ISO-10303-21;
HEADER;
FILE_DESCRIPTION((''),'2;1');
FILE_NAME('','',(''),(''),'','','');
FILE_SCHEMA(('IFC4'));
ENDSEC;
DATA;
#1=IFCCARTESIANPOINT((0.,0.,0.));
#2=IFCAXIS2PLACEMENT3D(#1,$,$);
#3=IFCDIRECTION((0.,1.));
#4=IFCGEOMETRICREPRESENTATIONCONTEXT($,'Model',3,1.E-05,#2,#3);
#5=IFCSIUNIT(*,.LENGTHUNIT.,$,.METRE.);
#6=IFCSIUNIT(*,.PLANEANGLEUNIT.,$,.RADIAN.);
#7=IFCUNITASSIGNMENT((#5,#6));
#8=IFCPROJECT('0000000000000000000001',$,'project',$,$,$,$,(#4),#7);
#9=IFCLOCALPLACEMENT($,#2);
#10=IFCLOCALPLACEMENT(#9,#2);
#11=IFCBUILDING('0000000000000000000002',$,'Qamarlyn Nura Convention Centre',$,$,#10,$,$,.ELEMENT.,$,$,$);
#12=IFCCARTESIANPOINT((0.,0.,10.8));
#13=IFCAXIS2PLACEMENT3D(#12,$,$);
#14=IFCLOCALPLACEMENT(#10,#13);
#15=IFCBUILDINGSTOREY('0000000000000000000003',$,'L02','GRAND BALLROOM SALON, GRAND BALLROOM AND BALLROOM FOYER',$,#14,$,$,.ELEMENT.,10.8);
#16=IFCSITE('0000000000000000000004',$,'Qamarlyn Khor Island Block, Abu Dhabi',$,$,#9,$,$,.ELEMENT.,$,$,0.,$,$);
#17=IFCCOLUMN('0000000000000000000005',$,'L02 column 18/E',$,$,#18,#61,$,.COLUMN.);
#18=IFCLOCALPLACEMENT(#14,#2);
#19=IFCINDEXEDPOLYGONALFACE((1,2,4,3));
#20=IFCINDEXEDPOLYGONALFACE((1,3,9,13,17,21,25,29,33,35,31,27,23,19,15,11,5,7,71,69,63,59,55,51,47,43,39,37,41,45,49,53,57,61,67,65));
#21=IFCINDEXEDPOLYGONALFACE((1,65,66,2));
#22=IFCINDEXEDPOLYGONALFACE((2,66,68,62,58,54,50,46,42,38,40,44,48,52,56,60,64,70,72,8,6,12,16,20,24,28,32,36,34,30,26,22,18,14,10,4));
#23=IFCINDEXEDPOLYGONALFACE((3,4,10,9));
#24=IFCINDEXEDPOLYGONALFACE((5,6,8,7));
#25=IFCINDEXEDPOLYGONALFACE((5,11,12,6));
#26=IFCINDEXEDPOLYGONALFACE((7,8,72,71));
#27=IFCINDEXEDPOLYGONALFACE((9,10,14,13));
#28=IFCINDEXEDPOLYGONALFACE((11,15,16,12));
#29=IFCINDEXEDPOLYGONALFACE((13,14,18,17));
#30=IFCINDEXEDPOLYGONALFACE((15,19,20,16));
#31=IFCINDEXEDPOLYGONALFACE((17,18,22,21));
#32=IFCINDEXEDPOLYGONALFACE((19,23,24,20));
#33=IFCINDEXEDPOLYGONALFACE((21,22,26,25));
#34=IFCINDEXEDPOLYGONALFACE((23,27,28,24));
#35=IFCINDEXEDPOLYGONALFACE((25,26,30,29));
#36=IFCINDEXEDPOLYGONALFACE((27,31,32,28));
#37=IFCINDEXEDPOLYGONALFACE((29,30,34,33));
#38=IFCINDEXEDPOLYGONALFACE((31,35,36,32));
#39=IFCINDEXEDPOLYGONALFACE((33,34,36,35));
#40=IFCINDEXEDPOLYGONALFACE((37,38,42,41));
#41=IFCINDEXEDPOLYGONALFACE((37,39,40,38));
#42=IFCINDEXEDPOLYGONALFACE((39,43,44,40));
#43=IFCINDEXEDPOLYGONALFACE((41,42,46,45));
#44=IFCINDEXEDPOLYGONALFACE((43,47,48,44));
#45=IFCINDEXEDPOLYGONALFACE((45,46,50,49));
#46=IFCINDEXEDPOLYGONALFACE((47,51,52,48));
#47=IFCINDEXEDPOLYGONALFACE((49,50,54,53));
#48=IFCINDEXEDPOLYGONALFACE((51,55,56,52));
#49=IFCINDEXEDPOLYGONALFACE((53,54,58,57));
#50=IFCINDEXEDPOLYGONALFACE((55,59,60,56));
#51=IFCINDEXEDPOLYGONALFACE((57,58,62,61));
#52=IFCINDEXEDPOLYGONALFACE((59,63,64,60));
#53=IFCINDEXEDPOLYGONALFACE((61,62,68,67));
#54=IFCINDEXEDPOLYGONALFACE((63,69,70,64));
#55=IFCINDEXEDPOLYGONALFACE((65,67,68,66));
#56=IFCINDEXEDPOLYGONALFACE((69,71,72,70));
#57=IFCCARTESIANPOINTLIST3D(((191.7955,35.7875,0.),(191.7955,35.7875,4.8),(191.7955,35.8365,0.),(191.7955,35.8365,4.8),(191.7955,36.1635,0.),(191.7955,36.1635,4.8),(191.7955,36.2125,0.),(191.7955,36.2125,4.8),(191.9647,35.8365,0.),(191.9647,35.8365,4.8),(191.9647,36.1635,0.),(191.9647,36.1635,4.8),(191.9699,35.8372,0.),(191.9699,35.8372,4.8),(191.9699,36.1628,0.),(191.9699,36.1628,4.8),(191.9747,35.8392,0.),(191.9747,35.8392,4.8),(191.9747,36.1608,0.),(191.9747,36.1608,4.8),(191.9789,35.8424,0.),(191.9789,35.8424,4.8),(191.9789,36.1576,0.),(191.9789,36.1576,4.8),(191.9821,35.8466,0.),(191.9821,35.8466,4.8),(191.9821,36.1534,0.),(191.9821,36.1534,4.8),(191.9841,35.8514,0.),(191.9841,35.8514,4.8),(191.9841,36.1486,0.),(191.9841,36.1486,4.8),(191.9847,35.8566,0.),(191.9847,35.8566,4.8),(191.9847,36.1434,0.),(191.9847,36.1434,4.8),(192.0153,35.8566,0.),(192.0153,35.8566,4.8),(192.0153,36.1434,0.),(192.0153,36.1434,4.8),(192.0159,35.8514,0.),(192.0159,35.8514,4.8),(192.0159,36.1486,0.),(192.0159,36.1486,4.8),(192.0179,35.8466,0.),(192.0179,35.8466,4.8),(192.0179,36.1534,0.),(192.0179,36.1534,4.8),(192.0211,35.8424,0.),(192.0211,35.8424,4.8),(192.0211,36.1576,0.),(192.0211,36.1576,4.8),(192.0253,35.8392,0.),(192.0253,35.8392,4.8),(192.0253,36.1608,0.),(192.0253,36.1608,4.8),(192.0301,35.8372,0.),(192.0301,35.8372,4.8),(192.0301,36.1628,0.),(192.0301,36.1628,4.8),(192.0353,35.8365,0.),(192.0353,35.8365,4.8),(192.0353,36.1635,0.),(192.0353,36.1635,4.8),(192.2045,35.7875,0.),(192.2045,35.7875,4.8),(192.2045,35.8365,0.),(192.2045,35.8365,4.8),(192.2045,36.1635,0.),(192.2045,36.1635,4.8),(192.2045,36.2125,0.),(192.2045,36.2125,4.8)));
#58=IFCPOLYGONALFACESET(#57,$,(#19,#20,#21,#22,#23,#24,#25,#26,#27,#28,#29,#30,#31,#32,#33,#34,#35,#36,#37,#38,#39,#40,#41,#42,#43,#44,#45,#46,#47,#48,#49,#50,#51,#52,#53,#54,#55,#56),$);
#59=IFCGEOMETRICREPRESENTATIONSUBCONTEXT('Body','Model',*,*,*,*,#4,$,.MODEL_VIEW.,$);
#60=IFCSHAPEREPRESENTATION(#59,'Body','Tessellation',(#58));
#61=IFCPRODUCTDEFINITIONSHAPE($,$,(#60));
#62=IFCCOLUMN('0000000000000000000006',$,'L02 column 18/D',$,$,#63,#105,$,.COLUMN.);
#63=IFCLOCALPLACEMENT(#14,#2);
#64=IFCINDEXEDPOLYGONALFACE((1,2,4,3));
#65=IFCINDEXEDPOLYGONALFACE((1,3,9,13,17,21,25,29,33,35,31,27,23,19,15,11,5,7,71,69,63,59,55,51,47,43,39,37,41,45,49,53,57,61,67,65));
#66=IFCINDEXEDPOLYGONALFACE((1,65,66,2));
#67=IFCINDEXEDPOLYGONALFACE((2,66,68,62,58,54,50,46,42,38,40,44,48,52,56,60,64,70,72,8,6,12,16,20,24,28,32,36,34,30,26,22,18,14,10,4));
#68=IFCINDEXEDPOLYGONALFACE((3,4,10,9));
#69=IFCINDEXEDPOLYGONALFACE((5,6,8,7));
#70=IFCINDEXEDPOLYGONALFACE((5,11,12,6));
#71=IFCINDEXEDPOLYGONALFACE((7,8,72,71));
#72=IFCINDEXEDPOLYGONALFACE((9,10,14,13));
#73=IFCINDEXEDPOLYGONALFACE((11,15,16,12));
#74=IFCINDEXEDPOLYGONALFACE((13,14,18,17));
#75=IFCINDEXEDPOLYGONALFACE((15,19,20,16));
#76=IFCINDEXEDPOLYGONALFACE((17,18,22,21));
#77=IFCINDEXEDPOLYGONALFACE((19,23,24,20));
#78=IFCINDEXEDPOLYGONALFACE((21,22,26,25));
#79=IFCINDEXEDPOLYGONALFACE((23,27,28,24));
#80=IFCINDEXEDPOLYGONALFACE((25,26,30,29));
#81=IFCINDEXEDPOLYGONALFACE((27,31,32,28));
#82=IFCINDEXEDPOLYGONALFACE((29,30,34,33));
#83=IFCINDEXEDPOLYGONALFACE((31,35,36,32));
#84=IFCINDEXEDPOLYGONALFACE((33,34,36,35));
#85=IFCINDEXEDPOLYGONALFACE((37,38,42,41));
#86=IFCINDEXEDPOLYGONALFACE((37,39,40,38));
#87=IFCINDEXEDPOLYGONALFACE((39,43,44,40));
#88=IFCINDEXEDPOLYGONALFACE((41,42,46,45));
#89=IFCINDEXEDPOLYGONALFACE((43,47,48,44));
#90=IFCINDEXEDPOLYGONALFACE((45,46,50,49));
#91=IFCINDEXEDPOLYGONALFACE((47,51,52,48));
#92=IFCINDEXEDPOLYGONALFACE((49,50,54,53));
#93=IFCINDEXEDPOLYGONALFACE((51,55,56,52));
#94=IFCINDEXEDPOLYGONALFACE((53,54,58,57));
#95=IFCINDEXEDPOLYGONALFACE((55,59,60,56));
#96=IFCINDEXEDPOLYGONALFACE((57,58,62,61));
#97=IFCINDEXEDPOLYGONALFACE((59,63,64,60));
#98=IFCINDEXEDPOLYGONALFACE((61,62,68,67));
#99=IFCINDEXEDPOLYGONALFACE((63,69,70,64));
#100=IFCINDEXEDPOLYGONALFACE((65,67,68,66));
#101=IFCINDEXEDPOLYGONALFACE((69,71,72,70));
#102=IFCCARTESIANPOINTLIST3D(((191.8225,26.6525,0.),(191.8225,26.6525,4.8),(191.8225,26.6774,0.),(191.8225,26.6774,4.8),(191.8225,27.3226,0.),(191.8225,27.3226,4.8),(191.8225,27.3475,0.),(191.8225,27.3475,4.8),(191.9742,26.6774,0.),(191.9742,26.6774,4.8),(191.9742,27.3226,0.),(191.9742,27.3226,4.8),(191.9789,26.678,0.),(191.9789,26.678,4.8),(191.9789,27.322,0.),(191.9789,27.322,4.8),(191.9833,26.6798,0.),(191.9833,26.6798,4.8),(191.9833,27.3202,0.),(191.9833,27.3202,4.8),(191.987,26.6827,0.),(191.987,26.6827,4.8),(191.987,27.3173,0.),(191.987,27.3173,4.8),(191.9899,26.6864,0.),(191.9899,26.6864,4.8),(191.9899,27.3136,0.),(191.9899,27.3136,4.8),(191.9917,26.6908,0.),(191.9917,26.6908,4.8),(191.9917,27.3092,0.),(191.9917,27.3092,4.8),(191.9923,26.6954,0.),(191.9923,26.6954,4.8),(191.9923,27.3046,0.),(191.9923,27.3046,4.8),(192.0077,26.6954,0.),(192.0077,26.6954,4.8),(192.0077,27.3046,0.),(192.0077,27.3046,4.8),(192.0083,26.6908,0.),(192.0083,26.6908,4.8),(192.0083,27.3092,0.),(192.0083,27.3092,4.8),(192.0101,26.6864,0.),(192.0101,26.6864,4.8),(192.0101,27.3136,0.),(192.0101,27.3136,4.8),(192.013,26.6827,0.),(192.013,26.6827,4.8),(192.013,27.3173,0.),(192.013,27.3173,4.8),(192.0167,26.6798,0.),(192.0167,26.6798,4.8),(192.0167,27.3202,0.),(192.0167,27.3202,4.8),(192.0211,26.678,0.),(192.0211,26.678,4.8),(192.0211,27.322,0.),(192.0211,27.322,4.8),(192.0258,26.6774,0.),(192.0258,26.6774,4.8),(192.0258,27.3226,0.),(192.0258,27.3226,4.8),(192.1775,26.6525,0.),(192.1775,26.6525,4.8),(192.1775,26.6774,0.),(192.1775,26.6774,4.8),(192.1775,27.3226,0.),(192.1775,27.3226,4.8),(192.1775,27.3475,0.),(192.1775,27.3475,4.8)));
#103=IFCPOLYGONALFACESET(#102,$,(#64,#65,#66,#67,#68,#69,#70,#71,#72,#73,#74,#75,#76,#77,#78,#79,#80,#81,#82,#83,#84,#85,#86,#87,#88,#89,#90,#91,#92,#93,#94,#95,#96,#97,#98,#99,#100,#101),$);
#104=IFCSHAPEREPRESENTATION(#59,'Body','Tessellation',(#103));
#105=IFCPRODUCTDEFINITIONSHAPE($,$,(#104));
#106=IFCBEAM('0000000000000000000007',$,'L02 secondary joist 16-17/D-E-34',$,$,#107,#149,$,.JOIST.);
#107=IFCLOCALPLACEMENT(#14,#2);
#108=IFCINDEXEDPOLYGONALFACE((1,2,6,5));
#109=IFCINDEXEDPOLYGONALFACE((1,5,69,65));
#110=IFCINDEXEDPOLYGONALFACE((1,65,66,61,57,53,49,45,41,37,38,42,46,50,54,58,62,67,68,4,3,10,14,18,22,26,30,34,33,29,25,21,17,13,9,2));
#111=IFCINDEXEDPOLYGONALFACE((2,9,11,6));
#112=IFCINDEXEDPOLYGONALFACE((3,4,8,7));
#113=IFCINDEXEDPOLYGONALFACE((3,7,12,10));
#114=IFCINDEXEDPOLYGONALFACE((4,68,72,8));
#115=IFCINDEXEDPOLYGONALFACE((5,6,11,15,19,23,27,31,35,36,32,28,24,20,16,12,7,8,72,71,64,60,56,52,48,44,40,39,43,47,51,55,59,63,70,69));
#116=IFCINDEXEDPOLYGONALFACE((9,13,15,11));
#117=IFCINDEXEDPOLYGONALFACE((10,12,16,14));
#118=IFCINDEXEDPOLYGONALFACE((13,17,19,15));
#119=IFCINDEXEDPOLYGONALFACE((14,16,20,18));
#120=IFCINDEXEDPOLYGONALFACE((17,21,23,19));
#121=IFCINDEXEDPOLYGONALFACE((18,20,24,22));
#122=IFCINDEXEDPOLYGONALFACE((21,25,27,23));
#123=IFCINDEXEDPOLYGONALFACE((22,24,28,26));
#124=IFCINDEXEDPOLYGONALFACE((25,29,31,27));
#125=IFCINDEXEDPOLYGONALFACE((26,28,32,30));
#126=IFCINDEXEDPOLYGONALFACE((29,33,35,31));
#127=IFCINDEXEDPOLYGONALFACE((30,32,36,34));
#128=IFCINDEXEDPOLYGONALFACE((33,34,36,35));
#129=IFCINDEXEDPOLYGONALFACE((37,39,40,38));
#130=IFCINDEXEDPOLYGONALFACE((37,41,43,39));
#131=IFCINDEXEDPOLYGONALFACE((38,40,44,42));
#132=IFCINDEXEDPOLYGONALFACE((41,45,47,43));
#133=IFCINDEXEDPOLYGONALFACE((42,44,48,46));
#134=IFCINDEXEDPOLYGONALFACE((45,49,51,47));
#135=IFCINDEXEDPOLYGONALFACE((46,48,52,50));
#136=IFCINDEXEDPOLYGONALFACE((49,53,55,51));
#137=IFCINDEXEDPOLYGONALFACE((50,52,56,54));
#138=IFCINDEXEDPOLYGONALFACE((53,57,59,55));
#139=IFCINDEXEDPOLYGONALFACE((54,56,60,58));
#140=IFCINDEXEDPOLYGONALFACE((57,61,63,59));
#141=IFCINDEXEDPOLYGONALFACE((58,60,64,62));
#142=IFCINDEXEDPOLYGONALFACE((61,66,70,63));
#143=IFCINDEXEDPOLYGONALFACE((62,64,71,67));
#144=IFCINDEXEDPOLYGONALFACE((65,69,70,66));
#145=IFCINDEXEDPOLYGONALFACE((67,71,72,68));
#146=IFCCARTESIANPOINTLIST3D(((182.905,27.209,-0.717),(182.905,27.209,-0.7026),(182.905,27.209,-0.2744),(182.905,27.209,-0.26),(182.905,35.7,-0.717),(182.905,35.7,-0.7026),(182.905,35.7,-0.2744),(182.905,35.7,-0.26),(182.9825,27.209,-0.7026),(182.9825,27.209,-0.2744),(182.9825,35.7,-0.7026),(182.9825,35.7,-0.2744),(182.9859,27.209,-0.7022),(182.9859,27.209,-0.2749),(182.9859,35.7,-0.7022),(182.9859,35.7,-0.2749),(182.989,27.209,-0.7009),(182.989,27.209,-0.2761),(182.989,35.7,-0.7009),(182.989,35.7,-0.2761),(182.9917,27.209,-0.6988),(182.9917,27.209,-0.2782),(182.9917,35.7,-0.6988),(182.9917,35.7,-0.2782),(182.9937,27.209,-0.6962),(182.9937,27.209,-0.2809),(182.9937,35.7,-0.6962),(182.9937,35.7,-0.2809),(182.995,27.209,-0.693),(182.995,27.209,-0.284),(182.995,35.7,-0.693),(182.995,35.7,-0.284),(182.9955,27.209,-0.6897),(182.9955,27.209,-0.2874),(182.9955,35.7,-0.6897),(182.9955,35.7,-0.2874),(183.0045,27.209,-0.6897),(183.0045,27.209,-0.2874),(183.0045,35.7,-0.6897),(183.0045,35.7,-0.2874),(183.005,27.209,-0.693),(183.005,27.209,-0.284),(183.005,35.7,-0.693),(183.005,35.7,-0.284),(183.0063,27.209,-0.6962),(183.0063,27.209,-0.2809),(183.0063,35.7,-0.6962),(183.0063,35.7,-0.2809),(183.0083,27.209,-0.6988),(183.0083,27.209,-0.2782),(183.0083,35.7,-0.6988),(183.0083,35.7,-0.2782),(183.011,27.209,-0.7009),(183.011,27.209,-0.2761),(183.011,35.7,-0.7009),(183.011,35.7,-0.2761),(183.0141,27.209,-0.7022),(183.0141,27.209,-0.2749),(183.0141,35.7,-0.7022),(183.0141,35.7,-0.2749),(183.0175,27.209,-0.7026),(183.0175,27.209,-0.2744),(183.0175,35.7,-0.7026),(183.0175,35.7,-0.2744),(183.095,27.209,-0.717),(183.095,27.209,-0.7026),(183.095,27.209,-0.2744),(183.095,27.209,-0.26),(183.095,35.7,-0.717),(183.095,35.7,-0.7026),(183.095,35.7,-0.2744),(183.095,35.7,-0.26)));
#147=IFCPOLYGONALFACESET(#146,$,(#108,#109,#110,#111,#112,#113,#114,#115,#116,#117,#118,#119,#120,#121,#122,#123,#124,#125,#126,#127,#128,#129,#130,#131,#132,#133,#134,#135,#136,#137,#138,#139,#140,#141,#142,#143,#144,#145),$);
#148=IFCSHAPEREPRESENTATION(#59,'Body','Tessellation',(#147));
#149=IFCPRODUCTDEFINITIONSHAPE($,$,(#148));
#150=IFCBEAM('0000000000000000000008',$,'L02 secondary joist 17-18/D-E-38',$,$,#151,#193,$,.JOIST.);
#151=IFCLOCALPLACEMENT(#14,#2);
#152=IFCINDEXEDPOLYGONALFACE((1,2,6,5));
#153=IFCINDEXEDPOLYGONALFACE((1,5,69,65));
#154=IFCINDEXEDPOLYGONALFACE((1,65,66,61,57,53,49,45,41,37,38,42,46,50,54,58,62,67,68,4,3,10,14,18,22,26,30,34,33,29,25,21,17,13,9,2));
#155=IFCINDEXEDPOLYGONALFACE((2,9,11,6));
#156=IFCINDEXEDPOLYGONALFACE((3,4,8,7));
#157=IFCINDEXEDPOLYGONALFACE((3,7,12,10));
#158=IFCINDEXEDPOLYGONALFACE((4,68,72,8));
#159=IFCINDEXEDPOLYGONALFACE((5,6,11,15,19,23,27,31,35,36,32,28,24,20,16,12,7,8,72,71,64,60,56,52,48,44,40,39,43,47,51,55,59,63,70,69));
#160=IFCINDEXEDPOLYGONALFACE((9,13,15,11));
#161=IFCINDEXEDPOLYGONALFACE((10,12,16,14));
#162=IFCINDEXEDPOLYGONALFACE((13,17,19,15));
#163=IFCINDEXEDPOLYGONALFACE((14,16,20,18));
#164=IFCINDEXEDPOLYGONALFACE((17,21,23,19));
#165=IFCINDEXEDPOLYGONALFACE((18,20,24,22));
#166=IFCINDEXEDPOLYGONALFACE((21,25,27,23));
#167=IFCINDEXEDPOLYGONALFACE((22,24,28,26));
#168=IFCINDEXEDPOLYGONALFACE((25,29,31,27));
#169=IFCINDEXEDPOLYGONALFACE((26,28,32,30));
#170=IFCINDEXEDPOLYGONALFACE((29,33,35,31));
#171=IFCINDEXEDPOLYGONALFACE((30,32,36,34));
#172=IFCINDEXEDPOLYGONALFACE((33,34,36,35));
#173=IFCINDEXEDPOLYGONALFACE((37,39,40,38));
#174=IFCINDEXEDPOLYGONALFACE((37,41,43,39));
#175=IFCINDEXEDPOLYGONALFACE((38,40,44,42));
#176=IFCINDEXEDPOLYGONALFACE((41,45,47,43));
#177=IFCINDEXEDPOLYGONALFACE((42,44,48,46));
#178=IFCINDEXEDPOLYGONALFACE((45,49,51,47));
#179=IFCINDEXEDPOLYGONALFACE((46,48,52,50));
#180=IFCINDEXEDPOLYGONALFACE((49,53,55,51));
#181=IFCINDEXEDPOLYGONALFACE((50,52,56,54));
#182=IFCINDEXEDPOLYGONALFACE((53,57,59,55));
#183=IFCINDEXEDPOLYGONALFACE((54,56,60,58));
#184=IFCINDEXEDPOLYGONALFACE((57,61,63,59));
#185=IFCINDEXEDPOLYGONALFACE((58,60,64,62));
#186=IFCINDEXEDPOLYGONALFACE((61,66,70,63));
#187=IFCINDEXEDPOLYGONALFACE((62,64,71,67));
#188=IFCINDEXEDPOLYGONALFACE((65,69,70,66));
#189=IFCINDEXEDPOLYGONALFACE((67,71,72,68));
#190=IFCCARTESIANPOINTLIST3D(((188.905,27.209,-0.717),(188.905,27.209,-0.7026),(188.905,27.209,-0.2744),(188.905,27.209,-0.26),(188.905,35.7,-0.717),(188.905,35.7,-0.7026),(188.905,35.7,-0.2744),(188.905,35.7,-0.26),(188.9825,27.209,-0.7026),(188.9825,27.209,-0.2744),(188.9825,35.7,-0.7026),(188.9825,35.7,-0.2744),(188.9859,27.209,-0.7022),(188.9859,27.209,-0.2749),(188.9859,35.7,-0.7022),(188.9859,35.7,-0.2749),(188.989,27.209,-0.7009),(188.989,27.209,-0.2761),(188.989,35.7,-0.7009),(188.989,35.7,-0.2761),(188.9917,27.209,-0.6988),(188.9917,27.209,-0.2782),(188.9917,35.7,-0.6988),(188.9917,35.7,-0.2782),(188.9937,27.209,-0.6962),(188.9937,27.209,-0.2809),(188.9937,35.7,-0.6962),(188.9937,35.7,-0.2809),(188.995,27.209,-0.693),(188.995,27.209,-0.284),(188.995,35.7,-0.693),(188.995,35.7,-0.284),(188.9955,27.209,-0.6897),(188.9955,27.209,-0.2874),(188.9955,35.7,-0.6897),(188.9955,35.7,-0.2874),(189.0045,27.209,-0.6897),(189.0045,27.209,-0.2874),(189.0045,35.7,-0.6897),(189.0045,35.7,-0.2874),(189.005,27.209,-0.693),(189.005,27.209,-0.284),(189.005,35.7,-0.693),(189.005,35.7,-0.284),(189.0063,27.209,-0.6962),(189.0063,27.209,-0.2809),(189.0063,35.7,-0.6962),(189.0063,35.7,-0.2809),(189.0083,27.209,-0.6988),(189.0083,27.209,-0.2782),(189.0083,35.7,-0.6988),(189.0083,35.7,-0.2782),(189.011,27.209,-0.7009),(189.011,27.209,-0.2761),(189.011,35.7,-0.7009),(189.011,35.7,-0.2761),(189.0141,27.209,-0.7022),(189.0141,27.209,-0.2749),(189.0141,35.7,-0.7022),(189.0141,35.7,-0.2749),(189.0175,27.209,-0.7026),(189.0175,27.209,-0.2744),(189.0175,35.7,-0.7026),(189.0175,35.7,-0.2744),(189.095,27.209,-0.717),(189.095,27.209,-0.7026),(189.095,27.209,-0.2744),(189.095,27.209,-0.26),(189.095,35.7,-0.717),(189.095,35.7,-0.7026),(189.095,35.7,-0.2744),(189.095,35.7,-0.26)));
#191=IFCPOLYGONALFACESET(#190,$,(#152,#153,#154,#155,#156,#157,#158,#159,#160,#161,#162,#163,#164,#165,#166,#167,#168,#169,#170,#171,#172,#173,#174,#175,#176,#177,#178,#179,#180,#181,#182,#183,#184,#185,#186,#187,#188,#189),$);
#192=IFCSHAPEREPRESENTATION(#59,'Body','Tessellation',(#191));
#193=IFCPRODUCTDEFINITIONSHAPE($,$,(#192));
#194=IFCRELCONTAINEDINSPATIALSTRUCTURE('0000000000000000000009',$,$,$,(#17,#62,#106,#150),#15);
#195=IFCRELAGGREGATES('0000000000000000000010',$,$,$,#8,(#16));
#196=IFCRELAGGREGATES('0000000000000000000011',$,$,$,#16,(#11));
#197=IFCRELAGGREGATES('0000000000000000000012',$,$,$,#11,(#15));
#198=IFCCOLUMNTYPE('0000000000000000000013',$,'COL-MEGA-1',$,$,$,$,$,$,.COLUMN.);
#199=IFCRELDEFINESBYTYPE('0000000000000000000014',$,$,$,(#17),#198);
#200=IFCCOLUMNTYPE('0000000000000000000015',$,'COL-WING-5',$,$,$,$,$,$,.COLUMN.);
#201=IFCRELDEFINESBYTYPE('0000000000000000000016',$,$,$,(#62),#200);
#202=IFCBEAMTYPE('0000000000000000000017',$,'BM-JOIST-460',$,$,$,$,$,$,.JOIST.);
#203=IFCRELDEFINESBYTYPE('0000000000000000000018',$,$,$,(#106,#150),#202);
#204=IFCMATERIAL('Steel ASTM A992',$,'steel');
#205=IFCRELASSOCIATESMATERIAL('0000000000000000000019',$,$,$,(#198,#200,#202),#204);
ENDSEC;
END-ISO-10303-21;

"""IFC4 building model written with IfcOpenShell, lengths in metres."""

from ifc_helpers import new_model, si_unit, direction, frame, origin, origin_2d, place, context, subcontext, project, spatial, i_section, extrude, material, material_profile, profile_set, type_object, element, save


model = new_model("IFC4")

# Units and contexts
model_context = context("Model", 3, precision=1e-05, world=origin(), true_north=direction((0.0, 1.0)))
body_context = subcontext(model_context, "Body", "Model", "MODEL_VIEW")
ifc_project = project(units=[si_unit("LENGTHUNIT", "METRE"), si_unit("PLANEANGLEUNIT", "RADIAN")], contexts=[model_context])

# Site, building, storey
site_placement = place(None, origin())
site = spatial("IfcSite", under=ifc_project, at=site_placement, Name="Qamarlyn Khor Island Block, Abu Dhabi", CompositionType="ELEMENT", RefElevation=0.0)
building_placement = place(site_placement, origin())
building = spatial("IfcBuilding", under=site, at=building_placement, Name="Qamarlyn Nura Convention Centre", CompositionType="ELEMENT")
storey_placement = place(building_placement, frame((0.0, 0.0, 10.8)))
storey = spatial("IfcBuildingStorey", under=building, at=storey_placement, Name="L02", Description="GRAND BALLROOM SALON, GRAND BALLROOM AND BALLROOM FOYER", CompositionType="ELEMENT", Elevation=10.8)

# Columns
ifc_material_1 = material(Name="Steel ASTM A992", Category="steel")
ifc_material_profile_1 = material_profile(ifc_material_1, i_section(OverallWidth=0.4089, OverallDepth=0.425, WebThickness=0.0305, FlangeThickness=0.0491, FilletRadius=0.02, at=origin_2d()), Name="W360X421")
ifc_profile_set_1 = profile_set([ifc_material_profile_1], Name="Steel ASTM A992")
column_type_1 = type_object("IfcColumnType", Name="COL-MEGA-1", PredefinedType="COLUMN", material=ifc_profile_set_1)
column_1_placement = place(storey_placement, frame((192.0, 36.0, 0.0), z_axis=(0.0, 0.0, 1.0), x_axis=(1.0, 0.0, 0.0)))
element("IfcColumn", 1, at=column_1_placement, inside=storey, type_object=column_type_1, Name="L02 column 18/E", PredefinedType="COLUMN", context=body_context, shape_type="SweptSolid", body=[
    extrude(i_section(OverallWidth=0.4089, OverallDepth=0.425, WebThickness=0.0305, FlangeThickness=0.0491, FilletRadius=0.02, at=origin_2d()), origin(), (0.0, 0.0, 1.0), 4.8),
])
ifc_material_profile_2 = material_profile(ifc_material_1, i_section(OverallWidth=0.355, OverallDepth=0.6951, WebThickness=0.0154, FlangeThickness=0.0249, FilletRadius=0.0181, at=origin_2d()), Name="W690X217")
ifc_profile_set_2 = profile_set([ifc_material_profile_2], Name="Steel ASTM A992")
column_type_2 = type_object("IfcColumnType", Name="COL-WING-5", PredefinedType="COLUMN", material=ifc_profile_set_2)
column_2_placement = place(storey_placement, frame((192.0, 27.0, 0.0), z_axis=(0.0, 0.0, 1.0), x_axis=(1.0, 0.0, 0.0)))
element("IfcColumn", 2, at=column_2_placement, inside=storey, type_object=column_type_2, Name="L02 column 18/D", PredefinedType="COLUMN", context=body_context, shape_type="SweptSolid", body=[
    extrude(i_section(OverallWidth=0.355, OverallDepth=0.6951, WebThickness=0.0154, FlangeThickness=0.0249, FilletRadius=0.0181, at=origin_2d()), origin(), (0.0, 0.0, 1.0), 4.8),
])

# Beams
ifc_material_profile_3 = material_profile(ifc_material_1, i_section(OverallWidth=0.1899, OverallDepth=0.457, WebThickness=0.009, FlangeThickness=0.0144, FilletRadius=0.0129, at=origin_2d()), Name="W460X74")
ifc_profile_set_3 = profile_set([ifc_material_profile_3], Name="Steel ASTM A992")
beam_type_1 = type_object("IfcBeamType", Name="BM-JOIST-460", PredefinedType="JOIST", material=ifc_profile_set_3)
for number, where, z_axis, x_axis, name in (
    (3, (183.0, 27.209, -0.4885), (0.0, 1.0, 0.0), (-1.0, 0.0, 0.0), "L02 secondary joist 16-17/D-E-34"),
    (4, (189.0, 27.209, -0.4885), (0.0, 1.0, 0.0), (-1.0, 0.0, 0.0), "L02 secondary joist 17-18/D-E-38"),
):
    element("IfcBeam", number, at=place(storey_placement, frame(where, z_axis=z_axis, x_axis=x_axis)), inside=storey, type_object=beam_type_1, Name=name, PredefinedType="JOIST", context=body_context, shape_type="SweptSolid", body=[
        extrude(i_section(OverallWidth=0.1899, OverallDepth=0.457, WebThickness=0.009, FlangeThickness=0.0144, FilletRadius=0.0129, at=origin_2d()), origin(), (0.0, 0.0, 1.0), 8.491),
    ])

save(model, "model.ifc")
